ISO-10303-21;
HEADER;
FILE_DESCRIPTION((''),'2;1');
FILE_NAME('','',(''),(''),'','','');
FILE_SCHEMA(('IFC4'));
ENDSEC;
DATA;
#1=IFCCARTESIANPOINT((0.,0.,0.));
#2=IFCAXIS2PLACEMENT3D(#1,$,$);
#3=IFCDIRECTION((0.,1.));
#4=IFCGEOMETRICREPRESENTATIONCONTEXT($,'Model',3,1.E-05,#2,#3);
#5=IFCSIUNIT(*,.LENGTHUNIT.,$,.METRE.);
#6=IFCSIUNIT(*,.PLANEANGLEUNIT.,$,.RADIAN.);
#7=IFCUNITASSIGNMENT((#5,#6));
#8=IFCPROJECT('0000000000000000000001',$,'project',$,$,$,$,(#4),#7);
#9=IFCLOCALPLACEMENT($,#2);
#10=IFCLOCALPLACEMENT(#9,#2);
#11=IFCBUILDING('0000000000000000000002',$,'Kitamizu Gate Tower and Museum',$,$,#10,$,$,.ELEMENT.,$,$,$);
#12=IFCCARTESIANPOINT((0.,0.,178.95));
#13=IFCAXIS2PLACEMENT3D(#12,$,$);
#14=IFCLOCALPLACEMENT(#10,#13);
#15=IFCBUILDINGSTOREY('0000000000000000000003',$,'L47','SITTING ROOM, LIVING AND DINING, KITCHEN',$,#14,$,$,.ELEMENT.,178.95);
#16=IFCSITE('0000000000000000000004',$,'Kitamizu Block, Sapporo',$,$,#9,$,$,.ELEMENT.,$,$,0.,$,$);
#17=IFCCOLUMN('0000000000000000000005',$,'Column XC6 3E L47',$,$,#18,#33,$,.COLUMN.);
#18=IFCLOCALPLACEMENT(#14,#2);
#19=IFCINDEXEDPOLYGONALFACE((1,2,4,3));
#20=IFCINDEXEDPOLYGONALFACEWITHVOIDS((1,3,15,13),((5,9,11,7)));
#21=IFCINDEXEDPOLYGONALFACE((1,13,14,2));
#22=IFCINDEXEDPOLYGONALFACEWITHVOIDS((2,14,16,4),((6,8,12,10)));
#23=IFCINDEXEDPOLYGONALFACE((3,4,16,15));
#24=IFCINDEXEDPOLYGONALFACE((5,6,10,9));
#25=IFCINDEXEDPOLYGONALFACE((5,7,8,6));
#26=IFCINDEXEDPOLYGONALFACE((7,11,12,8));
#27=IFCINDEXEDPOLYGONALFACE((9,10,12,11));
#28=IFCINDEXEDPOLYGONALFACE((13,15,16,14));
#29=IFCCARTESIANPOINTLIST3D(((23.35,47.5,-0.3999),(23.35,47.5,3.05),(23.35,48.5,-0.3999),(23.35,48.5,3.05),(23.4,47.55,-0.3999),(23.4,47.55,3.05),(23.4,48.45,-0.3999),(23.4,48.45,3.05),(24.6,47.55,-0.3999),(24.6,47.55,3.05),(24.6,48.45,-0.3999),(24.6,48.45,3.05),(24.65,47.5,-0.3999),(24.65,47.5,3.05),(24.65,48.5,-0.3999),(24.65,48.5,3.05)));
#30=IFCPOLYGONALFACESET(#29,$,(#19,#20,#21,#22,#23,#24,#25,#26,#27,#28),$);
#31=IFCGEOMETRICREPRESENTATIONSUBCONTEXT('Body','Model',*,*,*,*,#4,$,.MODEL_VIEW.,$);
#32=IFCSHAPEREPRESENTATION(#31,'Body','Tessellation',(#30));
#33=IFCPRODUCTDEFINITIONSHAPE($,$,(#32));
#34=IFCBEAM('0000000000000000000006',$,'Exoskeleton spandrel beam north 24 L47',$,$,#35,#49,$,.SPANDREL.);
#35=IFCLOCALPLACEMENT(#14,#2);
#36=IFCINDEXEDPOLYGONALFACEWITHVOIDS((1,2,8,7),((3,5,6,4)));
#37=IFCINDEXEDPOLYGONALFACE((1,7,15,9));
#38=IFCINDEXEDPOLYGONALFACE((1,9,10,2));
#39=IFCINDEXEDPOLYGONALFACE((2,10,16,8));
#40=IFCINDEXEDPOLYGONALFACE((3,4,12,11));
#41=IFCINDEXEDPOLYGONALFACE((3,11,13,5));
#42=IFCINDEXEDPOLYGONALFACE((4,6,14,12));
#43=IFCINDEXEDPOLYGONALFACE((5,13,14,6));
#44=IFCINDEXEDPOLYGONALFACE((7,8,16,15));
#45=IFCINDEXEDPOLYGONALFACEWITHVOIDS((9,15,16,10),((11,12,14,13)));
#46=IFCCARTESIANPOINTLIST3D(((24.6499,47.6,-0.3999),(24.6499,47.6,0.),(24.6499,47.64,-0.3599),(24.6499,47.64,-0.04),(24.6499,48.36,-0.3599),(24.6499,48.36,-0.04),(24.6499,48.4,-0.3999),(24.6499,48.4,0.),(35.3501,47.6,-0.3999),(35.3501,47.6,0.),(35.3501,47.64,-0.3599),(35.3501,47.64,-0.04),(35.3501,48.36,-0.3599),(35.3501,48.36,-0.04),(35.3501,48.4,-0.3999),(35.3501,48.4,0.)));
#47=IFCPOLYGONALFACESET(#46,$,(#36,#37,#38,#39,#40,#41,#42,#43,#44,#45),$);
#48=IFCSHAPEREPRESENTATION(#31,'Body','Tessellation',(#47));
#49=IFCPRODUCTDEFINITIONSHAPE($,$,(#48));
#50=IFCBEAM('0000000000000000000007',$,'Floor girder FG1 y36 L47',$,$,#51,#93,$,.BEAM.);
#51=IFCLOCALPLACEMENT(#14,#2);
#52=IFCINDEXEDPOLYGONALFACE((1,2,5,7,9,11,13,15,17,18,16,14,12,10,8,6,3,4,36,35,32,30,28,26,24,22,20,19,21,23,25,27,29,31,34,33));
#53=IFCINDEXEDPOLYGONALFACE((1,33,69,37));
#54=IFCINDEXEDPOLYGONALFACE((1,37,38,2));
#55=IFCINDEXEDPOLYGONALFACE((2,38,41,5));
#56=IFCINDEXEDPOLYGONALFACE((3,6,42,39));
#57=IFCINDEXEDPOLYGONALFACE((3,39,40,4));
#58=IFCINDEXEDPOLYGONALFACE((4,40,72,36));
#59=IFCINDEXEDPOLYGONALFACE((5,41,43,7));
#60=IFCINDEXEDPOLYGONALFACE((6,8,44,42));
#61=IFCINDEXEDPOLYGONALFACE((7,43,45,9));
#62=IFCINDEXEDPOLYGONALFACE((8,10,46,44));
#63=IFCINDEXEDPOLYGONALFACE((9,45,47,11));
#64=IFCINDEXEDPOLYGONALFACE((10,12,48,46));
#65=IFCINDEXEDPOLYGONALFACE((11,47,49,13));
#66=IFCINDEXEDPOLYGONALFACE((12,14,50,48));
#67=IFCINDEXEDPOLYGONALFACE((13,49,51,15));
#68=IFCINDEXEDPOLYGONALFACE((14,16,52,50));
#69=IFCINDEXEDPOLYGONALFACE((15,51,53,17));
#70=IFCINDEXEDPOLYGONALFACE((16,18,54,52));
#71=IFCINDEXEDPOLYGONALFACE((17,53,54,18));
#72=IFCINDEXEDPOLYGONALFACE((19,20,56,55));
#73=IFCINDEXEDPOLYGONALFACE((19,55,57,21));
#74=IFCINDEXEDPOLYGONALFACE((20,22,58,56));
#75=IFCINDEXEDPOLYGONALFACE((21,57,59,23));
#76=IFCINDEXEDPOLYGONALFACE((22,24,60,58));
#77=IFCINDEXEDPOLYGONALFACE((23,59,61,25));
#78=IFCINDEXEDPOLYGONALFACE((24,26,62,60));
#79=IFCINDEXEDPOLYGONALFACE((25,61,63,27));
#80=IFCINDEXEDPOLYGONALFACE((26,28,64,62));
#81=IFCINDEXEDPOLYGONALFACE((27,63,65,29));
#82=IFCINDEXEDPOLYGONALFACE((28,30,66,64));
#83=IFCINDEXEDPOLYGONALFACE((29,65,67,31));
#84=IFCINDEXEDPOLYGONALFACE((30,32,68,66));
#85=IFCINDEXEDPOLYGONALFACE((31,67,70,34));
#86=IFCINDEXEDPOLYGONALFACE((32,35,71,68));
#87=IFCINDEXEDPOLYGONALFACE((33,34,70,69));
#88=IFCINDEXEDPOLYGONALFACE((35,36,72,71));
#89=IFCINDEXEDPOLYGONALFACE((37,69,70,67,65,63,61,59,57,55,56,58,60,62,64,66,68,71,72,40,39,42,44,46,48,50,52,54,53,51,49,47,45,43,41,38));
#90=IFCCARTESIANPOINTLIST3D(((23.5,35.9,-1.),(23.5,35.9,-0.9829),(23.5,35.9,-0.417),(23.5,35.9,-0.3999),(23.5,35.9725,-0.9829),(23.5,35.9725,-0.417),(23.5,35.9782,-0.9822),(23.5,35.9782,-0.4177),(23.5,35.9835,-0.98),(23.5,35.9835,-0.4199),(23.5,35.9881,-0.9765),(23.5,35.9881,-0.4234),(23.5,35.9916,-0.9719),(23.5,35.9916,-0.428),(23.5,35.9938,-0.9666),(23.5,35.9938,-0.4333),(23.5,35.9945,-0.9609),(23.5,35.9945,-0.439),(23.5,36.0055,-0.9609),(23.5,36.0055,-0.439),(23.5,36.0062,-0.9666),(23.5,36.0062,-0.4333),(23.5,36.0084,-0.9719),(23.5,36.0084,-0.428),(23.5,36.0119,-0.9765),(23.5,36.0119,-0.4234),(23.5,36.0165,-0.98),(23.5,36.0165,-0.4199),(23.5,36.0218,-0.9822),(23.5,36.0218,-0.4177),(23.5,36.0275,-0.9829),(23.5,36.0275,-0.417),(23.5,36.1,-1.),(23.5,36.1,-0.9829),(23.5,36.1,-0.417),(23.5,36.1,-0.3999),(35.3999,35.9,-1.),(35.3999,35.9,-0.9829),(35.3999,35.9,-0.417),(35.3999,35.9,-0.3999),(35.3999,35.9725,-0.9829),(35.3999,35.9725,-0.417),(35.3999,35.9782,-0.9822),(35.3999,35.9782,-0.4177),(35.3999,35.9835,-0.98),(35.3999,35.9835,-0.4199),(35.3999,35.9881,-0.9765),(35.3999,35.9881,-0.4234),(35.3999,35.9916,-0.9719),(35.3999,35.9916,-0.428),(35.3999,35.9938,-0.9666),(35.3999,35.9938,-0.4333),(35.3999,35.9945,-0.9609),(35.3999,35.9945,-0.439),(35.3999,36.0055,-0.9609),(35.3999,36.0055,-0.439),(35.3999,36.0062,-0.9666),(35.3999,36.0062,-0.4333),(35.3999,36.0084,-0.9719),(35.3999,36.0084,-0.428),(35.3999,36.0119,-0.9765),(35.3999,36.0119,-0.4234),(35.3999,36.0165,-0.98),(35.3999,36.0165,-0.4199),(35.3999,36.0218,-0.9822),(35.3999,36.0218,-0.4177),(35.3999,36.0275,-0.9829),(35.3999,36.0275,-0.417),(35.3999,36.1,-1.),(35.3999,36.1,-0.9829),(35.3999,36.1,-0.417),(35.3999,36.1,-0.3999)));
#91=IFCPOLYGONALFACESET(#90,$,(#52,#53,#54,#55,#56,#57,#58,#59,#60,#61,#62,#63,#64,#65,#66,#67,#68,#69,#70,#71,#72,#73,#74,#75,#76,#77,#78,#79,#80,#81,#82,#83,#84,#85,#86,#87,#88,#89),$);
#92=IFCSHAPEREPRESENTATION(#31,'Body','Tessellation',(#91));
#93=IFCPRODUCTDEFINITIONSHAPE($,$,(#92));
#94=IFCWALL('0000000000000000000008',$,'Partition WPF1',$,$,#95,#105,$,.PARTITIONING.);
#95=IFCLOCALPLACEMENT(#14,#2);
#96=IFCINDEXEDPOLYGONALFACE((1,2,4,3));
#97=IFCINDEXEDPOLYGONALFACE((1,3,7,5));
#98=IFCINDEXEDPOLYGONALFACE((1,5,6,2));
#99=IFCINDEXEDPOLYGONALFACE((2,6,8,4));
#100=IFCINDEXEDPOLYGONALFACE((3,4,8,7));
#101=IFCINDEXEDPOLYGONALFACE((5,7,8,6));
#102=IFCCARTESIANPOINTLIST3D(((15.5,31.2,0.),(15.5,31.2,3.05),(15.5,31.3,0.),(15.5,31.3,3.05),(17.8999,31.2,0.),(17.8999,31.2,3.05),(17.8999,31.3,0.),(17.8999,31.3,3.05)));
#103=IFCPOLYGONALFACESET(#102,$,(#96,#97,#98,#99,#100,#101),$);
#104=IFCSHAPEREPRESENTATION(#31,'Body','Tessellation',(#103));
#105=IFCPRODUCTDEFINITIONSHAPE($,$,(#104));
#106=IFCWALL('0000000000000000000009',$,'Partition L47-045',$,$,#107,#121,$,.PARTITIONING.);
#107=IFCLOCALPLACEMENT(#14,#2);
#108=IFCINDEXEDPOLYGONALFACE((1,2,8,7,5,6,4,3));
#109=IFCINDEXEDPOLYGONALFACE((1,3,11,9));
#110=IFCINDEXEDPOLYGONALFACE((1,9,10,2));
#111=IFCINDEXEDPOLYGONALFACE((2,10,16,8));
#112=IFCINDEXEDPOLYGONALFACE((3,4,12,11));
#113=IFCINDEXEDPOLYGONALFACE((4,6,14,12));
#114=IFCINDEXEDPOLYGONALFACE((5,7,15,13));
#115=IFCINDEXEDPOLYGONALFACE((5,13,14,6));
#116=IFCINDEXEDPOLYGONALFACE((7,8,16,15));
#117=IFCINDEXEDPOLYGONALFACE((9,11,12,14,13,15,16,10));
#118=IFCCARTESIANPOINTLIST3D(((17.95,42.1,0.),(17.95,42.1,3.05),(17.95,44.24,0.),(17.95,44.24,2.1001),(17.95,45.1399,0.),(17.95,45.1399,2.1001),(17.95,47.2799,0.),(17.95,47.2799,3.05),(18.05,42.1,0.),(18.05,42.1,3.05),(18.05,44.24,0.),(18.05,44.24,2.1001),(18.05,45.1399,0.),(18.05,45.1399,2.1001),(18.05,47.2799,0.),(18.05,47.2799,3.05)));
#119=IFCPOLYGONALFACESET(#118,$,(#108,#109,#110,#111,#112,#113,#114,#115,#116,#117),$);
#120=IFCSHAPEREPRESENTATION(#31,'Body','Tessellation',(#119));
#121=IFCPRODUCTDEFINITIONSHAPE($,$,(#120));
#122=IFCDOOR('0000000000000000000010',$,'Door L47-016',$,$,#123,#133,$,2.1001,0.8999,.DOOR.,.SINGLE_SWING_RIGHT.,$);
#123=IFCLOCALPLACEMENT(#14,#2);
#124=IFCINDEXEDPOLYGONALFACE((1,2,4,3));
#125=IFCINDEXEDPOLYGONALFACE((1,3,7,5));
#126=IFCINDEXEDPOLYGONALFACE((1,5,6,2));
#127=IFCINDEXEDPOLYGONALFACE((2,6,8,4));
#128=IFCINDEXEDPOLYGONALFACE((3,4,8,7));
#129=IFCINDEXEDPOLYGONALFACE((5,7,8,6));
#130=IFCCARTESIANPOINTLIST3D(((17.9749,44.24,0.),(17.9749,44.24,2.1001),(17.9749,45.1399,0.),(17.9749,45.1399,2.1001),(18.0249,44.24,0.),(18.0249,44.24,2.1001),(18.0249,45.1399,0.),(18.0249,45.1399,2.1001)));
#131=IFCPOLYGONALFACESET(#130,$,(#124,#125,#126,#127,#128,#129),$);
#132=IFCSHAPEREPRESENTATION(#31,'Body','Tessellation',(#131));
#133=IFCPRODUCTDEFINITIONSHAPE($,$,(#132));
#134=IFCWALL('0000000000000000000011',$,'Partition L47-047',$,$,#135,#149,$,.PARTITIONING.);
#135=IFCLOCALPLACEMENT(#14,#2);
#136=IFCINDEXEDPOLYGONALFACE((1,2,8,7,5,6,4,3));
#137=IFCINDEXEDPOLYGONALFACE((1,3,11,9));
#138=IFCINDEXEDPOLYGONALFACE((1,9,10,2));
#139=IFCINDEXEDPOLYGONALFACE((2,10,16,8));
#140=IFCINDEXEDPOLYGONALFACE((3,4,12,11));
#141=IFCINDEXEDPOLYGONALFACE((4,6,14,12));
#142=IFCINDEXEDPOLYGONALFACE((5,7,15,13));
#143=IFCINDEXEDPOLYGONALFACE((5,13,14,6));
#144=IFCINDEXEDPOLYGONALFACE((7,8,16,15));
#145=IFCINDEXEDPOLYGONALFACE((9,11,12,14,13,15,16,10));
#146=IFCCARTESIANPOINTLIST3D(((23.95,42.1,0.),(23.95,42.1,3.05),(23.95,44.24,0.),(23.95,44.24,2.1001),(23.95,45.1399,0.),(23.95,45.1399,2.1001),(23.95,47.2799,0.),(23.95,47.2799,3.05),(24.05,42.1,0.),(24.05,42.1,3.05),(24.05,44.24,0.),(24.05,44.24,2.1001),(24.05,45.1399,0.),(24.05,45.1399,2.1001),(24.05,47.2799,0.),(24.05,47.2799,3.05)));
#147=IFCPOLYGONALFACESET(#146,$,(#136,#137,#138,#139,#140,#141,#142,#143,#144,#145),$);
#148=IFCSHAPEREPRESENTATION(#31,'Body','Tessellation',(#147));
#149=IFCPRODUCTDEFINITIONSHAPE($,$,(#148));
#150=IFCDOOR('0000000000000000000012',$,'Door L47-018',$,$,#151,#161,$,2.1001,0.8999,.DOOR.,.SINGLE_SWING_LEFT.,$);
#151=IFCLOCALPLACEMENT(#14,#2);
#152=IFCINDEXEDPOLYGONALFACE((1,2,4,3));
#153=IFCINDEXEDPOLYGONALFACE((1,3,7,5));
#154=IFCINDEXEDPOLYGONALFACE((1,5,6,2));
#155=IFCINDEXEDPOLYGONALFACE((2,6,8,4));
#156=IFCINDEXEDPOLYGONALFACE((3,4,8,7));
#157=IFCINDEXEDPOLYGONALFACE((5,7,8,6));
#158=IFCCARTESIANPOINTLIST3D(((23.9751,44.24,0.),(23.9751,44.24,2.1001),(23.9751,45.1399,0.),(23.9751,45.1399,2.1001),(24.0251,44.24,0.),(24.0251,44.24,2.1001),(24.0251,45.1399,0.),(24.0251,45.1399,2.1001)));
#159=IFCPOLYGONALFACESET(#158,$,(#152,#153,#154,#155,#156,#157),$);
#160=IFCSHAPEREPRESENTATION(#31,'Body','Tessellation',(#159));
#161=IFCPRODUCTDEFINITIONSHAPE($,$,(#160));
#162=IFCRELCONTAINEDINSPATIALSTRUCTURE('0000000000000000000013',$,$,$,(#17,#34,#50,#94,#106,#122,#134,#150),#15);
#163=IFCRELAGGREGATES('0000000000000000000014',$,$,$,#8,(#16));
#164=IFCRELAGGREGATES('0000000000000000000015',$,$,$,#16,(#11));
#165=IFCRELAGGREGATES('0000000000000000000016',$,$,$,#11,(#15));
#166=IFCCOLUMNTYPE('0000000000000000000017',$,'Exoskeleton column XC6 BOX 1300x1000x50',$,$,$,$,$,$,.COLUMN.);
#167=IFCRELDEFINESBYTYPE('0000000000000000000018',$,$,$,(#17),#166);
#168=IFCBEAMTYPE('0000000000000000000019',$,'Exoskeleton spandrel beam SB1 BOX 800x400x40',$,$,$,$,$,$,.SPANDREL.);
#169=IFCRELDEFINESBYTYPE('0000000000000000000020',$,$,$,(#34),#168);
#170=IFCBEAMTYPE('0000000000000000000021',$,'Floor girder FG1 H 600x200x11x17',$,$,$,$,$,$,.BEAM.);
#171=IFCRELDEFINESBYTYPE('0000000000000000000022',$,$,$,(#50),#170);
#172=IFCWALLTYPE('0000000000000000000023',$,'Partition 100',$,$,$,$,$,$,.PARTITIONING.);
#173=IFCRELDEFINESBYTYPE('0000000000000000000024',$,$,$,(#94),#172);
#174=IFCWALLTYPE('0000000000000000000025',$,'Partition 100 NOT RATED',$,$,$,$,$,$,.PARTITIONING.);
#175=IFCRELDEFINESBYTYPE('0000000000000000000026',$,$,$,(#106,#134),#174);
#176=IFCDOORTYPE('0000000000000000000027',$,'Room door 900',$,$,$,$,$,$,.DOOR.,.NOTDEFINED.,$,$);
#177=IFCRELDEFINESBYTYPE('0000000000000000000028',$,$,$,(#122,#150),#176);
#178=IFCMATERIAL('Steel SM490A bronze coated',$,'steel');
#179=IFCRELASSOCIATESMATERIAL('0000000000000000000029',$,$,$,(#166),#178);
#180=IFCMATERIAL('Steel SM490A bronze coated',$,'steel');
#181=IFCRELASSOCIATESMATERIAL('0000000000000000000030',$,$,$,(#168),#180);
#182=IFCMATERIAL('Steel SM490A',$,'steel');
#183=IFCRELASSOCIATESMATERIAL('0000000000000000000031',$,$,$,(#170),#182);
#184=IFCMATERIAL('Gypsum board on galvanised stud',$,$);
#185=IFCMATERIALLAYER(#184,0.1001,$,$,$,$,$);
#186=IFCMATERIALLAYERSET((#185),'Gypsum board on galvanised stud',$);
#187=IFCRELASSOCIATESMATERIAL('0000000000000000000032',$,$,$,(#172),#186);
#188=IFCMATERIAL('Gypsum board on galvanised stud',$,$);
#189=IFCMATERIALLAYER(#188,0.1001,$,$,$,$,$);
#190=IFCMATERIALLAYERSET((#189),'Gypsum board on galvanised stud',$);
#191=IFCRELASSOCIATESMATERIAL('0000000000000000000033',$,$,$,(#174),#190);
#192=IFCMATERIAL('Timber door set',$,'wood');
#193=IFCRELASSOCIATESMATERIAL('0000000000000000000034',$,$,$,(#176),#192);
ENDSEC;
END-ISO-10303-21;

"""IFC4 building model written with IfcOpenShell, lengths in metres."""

from ifc_helpers import new_model, si_unit, direction, frame, frame_2d, origin, origin_2d, place, context, subcontext, project, spatial, rectangle, hollow_rectangle, i_section, extrude, material, layer, layer_set, material_profile, profile_set, type_object, element, fill, save


model = new_model("IFC4")

# Units and contexts
model_context = context("Model", 3, precision=1e-05, world=origin(), true_north=direction((0.0, 1.0)))
body_context = subcontext(model_context, "Body", "Model", "MODEL_VIEW")
ifc_project = project(units=[si_unit("LENGTHUNIT", "METRE"), si_unit("PLANEANGLEUNIT", "RADIAN")], contexts=[model_context])

# Site, building, storey
site_placement = place(None, origin())
site = spatial("IfcSite", under=ifc_project, at=site_placement, Name="Kitamizu Block, Sapporo", CompositionType="ELEMENT", RefElevation=0.0)
building_placement = place(site_placement, origin())
building = spatial("IfcBuilding", under=site, at=building_placement, Name="Kitamizu Gate Tower and Museum", CompositionType="ELEMENT")
storey_placement = place(building_placement, frame((0.0, 0.0, 178.95)))
storey = spatial("IfcBuildingStorey", under=building, at=storey_placement, Name="L47", Description="SITTING ROOM, LIVING AND DINING, KITCHEN", CompositionType="ELEMENT", Elevation=178.95)

# Column
ifc_material_1 = material(Name="Steel SM490A bronze coated", Category="steel")
ifc_material_profile_1 = material_profile(ifc_material_1, hollow_rectangle(XDim=1.3, YDim=1.0, WallThickness=0.05, at=origin_2d()), Name="BOX 1300x1000x50")
ifc_profile_set_1 = profile_set([ifc_material_profile_1], Name="Steel SM490A bronze coated")
column_type = type_object("IfcColumnType", Name="Exoskeleton column XC6 BOX 1300x1000x50", PredefinedType="COLUMN", material=ifc_profile_set_1)
column_placement = place(storey_placement, frame((24.0, 48.0, -0.3999), z_axis=(0.0, 0.0, 1.0), x_axis=(1.0, 0.0, 0.0)))
element("IfcColumn", 1, at=column_placement, inside=storey, type_object=column_type, Name="Column XC6 3E L47", PredefinedType="COLUMN", context=body_context, shape_type="SweptSolid", body=[
    extrude(hollow_rectangle(XDim=1.3, YDim=1.0, WallThickness=0.05, at=origin_2d()), origin(), (0.0, 0.0, 1.0), 3.45),
])

# Beams
ifc_material_2 = material(Name="Steel SM490A bronze coated", Category="steel")
ifc_material_profile_2 = material_profile(ifc_material_2, hollow_rectangle(XDim=0.8, YDim=0.3999, WallThickness=0.04, at=origin_2d()), Name="BOX 800x400x40")
ifc_profile_set_2 = profile_set([ifc_material_profile_2], Name="Steel SM490A bronze coated")
beam_type_1 = type_object("IfcBeamType", Name="Exoskeleton spandrel beam SB1 BOX 800x400x40", PredefinedType="SPANDREL", material=ifc_profile_set_2)
beam_1_placement = place(storey_placement, frame((24.6499, 48.0, -0.2), z_axis=(1.0, 0.0, 0.0), x_axis=(0.0, 1.0, 0.0)))
element("IfcBeam", 2, at=beam_1_placement, inside=storey, type_object=beam_type_1, Name="Exoskeleton spandrel beam north 24 L47", PredefinedType="SPANDREL", context=body_context, shape_type="SweptSolid", body=[
    extrude(hollow_rectangle(XDim=0.8, YDim=0.3999, WallThickness=0.04, at=origin_2d()), origin(), (0.0, 0.0, 1.0), 10.7002),
])
ifc_material_3 = material(Name="Steel SM490A", Category="steel")
ifc_material_profile_3 = material_profile(ifc_material_3, i_section(OverallWidth=0.2, OverallDepth=0.6001, WebThickness=0.011, FlangeThickness=0.0171, FilletRadius=0.022, at=origin_2d()), Name="H-600x200x11x17")
ifc_profile_set_3 = profile_set([ifc_material_profile_3], Name="Steel SM490A")
beam_type_2 = type_object("IfcBeamType", Name="Floor girder FG1 H 600x200x11x17", PredefinedType="BEAM", material=ifc_profile_set_3)
beam_2_placement = place(storey_placement, frame((23.5, 36.0, -0.7), z_axis=(1.0, 0.0, 0.0), x_axis=(0.0, 1.0, 0.0)))
element("IfcBeam", 3, at=beam_2_placement, inside=storey, type_object=beam_type_2, Name="Floor girder FG1 y36 L47", PredefinedType="BEAM", context=body_context, shape_type="SweptSolid", body=[
    extrude(i_section(OverallWidth=0.2, OverallDepth=0.6001, WebThickness=0.011, FlangeThickness=0.0171, FilletRadius=0.022, at=origin_2d()), origin(), (0.0, 0.0, 1.0), 11.8999),
])

# Wall
ifc_material_4 = material(Name="Gypsum board on galvanised stud")
ifc_layer_1 = layer(ifc_material_4, 0.1001)
ifc_layer_set_1 = layer_set([ifc_layer_1], Name="Gypsum board on galvanised stud")
wall_type_1 = type_object("IfcWallType", Name="Partition 100", PredefinedType="PARTITIONING", material=ifc_layer_set_1)
wall_1_placement = place(storey_placement, frame((15.5, 31.25, 0.0), z_axis=(0.0, 0.0, 1.0), x_axis=(1.0, 0.0, 0.0)))
element("IfcWall", 4, at=wall_1_placement, inside=storey, type_object=wall_type_1, Name="Partition WPF1", PredefinedType="PARTITIONING", context=body_context, shape_type="SweptSolid", body=[
    extrude(rectangle(XDim=2.3999, YDim=0.1001, at=frame_2d((1.2, 0.0))), origin(), (0.0, 0.0, 1.0), 3.05),
])

# Walls, openings, doors
ifc_material_5 = material(Name="Gypsum board on galvanised stud")
ifc_layer_2 = layer(ifc_material_5, 0.1001)
ifc_layer_set_2 = layer_set([ifc_layer_2], Name="Gypsum board on galvanised stud")
wall_type_2 = type_object("IfcWallType", Name="Partition 100 NOT RATED", PredefinedType="PARTITIONING", material=ifc_layer_set_2)
wall_2_placement = place(storey_placement, frame((18.0, 42.1001, 0.0), z_axis=(0.0, 0.0, 1.0), x_axis=(0.0, 1.0, 0.0)))
wall_2 = element("IfcWall", 5, at=wall_2_placement, inside=storey, type_object=wall_type_2, Name="Partition L47-045", PredefinedType="PARTITIONING", context=body_context, shape_type="SweptSolid", body=[
    extrude(rectangle(XDim=5.1799, YDim=0.1001, at=frame_2d((2.5898, 0.0))), origin(), (0.0, 0.0, 1.0), 3.05),
])
opening_1_placement = place(wall_2_placement, frame((2.1399, 0.0, 0.0)))
opening_1 = element("IfcOpeningElement", 6, at=opening_1_placement, cuts=wall_2, PredefinedType="OPENING", context=body_context, shape_type="SweptSolid", body=[
    extrude(rectangle(XDim=0.8999, YDim=2.1001, at=frame_2d((0.45, 1.05))), frame((0.0, 0.0601, 0.0), z_axis=(0.0, -1.0, 0.0), x_axis=(1.0, 0.0, 0.0)), (0.0, 0.0, 1.0), 0.1201),
])
ifc_material_6 = material(Name="Timber door set", Category="wood")
door_type_1 = type_object("IfcDoorType", Name="Room door 900", OperationType="NOTDEFINED", PredefinedType="DOOR", material=ifc_material_6)
door_1_placement = place(opening_1_placement, frame((0.8999, 0.0, 0.0), x_axis=(-1.0, 0.0, 0.0)))
door_1 = element("IfcDoor", 7, at=door_1_placement, inside=storey, type_object=door_type_1, Name="Door L47-016", OperationType="SINGLE_SWING_RIGHT", OverallHeight=2.1001, OverallWidth=0.8999, PredefinedType="DOOR", context=body_context, shape_type="SweptSolid", body=[
    extrude(rectangle(XDim=0.8999, YDim=2.1001, at=frame_2d((0.45, 1.05))), frame((0.0, 0.0249, 0.0), z_axis=(0.0, -1.0, 0.0), x_axis=(1.0, 0.0, 0.0)), (0.0, 0.0, 1.0), 0.05),
])
fill(opening_1, door_1)
wall_3_placement = place(storey_placement, frame((24.0, 42.1001, 0.0), z_axis=(0.0, 0.0, 1.0), x_axis=(0.0, 1.0, 0.0)))
wall_3 = element("IfcWall", 8, at=wall_3_placement, inside=storey, type_object=wall_type_2, Name="Partition L47-047", PredefinedType="PARTITIONING", context=body_context, shape_type="SweptSolid", body=[
    extrude(rectangle(XDim=5.1799, YDim=0.1001, at=frame_2d((2.5898, 0.0))), origin(), (0.0, 0.0, 1.0), 3.05),
])
opening_2_placement = place(wall_3_placement, frame((2.1399, 0.0, 0.0)))
opening_2 = element("IfcOpeningElement", 9, at=opening_2_placement, cuts=wall_3, PredefinedType="OPENING", context=body_context, shape_type="SweptSolid", body=[
    extrude(rectangle(XDim=0.8999, YDim=2.1001, at=frame_2d((0.45, 1.05))), frame((0.0, 0.0601, 0.0), z_axis=(0.0, -1.0, 0.0), x_axis=(1.0, 0.0, 0.0)), (0.0, 0.0, 1.0), 0.1201),
])
door_2_placement = place(opening_2_placement, origin())
door_2 = element("IfcDoor", 10, at=door_2_placement, inside=storey, type_object=door_type_1, Name="Door L47-018", OperationType="SINGLE_SWING_LEFT", OverallHeight=2.1001, OverallWidth=0.8999, PredefinedType="DOOR", context=body_context, shape_type="SweptSolid", body=[
    extrude(rectangle(XDim=0.8999, YDim=2.1001, at=frame_2d((0.45, 1.05))), frame((0.0, 0.0249, 0.0), z_axis=(0.0, -1.0, 0.0), x_axis=(1.0, 0.0, 0.0)), (0.0, 0.0, 1.0), 0.05),
])
fill(opening_2, door_2)

save(model, "model.ifc")
